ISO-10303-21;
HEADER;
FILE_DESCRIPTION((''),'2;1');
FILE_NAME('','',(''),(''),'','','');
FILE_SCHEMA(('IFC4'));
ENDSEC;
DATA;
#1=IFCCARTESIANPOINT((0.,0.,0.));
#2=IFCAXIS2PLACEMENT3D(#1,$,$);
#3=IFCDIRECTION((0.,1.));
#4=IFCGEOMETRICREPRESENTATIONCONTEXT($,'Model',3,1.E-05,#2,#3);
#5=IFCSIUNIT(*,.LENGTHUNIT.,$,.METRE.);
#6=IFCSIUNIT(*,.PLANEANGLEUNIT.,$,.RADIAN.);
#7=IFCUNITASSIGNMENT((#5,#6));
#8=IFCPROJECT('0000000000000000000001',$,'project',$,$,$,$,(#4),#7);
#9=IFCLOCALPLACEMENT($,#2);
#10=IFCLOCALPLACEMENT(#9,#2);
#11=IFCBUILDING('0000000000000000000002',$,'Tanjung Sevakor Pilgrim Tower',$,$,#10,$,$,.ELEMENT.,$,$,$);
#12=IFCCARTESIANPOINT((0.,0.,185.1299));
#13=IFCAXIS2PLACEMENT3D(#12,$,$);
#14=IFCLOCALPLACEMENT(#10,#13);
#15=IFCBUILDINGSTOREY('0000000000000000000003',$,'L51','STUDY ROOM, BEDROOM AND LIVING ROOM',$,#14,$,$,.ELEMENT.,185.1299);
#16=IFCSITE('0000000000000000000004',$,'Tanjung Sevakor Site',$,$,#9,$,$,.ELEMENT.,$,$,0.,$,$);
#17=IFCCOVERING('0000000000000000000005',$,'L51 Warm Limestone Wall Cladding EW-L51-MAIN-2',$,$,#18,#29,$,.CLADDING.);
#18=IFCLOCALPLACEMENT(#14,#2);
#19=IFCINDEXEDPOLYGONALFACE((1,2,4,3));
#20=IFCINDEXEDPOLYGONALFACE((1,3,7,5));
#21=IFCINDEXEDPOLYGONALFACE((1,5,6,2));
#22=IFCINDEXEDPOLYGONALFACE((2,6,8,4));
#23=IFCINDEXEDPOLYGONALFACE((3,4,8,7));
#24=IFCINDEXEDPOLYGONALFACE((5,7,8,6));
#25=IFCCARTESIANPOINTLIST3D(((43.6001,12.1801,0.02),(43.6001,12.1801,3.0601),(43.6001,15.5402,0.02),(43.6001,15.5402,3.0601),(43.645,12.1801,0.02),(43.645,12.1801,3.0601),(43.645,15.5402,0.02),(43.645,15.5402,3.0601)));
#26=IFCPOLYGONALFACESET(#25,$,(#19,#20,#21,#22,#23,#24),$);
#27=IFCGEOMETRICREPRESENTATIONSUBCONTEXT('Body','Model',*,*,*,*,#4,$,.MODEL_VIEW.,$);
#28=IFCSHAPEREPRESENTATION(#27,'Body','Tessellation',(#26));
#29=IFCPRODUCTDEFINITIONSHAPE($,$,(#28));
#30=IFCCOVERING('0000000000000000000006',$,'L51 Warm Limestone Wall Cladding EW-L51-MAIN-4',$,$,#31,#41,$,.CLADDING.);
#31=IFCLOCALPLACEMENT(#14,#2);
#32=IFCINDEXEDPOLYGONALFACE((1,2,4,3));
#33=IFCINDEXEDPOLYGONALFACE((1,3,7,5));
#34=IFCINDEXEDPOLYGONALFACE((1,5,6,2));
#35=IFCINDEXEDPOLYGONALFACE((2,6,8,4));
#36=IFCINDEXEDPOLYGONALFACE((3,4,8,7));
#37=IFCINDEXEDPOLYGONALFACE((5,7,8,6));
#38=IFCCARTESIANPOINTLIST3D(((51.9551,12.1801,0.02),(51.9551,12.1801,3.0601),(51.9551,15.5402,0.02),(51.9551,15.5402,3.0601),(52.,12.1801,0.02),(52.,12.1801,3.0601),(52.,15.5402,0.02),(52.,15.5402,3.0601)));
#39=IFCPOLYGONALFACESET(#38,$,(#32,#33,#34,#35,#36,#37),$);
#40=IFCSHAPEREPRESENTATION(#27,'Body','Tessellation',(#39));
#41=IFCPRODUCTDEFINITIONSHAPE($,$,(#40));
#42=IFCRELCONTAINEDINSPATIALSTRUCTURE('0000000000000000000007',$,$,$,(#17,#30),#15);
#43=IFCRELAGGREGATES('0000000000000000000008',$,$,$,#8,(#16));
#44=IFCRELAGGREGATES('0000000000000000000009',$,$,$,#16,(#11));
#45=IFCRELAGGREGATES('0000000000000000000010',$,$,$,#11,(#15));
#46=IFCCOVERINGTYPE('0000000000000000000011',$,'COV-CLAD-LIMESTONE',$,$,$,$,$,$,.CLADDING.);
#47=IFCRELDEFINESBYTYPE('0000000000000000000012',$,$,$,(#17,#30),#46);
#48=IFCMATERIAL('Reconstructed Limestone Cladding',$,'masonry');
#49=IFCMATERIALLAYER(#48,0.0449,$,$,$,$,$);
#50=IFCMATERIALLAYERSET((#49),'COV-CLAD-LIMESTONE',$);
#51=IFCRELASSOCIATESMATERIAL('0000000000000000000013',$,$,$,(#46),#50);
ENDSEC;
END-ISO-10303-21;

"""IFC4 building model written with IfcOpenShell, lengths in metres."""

from ifc_helpers import new_model, si_unit, direction, frame, origin, origin_2d, place, context, subcontext, project, spatial, rectangle, extrude, material, layer, layer_set, type_object, element, save


model = new_model("IFC4")

# Units and contexts
model_context = context("Model", 3, precision=1e-05, world=origin(), true_north=direction((0.0, 1.0)))
body_context = subcontext(model_context, "Body", "Model", "MODEL_VIEW")
ifc_project = project(units=[si_unit("LENGTHUNIT", "METRE"), si_unit("PLANEANGLEUNIT", "RADIAN")], contexts=[model_context])

# Site, building, storey
site_placement = place(None, origin())
site = spatial("IfcSite", under=ifc_project, at=site_placement, Name="Tanjung Sevakor Site", CompositionType="ELEMENT", RefElevation=0.0)
building_placement = place(site_placement, origin())
building = spatial("IfcBuilding", under=site, at=building_placement, Name="Tanjung Sevakor Pilgrim Tower", CompositionType="ELEMENT")
storey_placement = place(building_placement, frame((0.0, 0.0, 185.1299)))
storey = spatial("IfcBuildingStorey", under=building, at=storey_placement, Name="L51", Description="STUDY ROOM, BEDROOM AND LIVING ROOM", CompositionType="ELEMENT", Elevation=185.1299)

# Coverings
ifc_material_1 = material(Name="Reconstructed Limestone Cladding", Category="masonry")
ifc_layer_1 = layer(ifc_material_1, 0.0449)
ifc_layer_set_1 = layer_set([ifc_layer_1], Name="COV-CLAD-LIMESTONE")
covering_type = type_object("IfcCoveringType", Name="COV-CLAD-LIMESTONE", PredefinedType="CLADDING", material=ifc_layer_set_1)
for number, where, z_axis, x_axis, name in (
    (1, (43.6226, 13.8601, 0.02), (0.0, 0.0, 1.0), (0.0, 1.0, 0.0), "L51 Warm Limestone Wall Cladding EW-L51-MAIN-2"),
    (2, (51.9775, 13.8601, 0.02), (0.0, 0.0, 1.0), (0.0, -1.0, 0.0), "L51 Warm Limestone Wall Cladding EW-L51-MAIN-4"),
):
    element("IfcCovering", number, at=place(storey_placement, frame(where, z_axis=z_axis, x_axis=x_axis)), inside=storey, type_object=covering_type, Name=name, PredefinedType="CLADDING", context=body_context, shape_type="SweptSolid", body=[
        extrude(rectangle(XDim=3.3601, YDim=0.0449, at=origin_2d()), origin(), (0.0, 0.0, 1.0), 3.04),
    ])

save(model, "model.ifc")
